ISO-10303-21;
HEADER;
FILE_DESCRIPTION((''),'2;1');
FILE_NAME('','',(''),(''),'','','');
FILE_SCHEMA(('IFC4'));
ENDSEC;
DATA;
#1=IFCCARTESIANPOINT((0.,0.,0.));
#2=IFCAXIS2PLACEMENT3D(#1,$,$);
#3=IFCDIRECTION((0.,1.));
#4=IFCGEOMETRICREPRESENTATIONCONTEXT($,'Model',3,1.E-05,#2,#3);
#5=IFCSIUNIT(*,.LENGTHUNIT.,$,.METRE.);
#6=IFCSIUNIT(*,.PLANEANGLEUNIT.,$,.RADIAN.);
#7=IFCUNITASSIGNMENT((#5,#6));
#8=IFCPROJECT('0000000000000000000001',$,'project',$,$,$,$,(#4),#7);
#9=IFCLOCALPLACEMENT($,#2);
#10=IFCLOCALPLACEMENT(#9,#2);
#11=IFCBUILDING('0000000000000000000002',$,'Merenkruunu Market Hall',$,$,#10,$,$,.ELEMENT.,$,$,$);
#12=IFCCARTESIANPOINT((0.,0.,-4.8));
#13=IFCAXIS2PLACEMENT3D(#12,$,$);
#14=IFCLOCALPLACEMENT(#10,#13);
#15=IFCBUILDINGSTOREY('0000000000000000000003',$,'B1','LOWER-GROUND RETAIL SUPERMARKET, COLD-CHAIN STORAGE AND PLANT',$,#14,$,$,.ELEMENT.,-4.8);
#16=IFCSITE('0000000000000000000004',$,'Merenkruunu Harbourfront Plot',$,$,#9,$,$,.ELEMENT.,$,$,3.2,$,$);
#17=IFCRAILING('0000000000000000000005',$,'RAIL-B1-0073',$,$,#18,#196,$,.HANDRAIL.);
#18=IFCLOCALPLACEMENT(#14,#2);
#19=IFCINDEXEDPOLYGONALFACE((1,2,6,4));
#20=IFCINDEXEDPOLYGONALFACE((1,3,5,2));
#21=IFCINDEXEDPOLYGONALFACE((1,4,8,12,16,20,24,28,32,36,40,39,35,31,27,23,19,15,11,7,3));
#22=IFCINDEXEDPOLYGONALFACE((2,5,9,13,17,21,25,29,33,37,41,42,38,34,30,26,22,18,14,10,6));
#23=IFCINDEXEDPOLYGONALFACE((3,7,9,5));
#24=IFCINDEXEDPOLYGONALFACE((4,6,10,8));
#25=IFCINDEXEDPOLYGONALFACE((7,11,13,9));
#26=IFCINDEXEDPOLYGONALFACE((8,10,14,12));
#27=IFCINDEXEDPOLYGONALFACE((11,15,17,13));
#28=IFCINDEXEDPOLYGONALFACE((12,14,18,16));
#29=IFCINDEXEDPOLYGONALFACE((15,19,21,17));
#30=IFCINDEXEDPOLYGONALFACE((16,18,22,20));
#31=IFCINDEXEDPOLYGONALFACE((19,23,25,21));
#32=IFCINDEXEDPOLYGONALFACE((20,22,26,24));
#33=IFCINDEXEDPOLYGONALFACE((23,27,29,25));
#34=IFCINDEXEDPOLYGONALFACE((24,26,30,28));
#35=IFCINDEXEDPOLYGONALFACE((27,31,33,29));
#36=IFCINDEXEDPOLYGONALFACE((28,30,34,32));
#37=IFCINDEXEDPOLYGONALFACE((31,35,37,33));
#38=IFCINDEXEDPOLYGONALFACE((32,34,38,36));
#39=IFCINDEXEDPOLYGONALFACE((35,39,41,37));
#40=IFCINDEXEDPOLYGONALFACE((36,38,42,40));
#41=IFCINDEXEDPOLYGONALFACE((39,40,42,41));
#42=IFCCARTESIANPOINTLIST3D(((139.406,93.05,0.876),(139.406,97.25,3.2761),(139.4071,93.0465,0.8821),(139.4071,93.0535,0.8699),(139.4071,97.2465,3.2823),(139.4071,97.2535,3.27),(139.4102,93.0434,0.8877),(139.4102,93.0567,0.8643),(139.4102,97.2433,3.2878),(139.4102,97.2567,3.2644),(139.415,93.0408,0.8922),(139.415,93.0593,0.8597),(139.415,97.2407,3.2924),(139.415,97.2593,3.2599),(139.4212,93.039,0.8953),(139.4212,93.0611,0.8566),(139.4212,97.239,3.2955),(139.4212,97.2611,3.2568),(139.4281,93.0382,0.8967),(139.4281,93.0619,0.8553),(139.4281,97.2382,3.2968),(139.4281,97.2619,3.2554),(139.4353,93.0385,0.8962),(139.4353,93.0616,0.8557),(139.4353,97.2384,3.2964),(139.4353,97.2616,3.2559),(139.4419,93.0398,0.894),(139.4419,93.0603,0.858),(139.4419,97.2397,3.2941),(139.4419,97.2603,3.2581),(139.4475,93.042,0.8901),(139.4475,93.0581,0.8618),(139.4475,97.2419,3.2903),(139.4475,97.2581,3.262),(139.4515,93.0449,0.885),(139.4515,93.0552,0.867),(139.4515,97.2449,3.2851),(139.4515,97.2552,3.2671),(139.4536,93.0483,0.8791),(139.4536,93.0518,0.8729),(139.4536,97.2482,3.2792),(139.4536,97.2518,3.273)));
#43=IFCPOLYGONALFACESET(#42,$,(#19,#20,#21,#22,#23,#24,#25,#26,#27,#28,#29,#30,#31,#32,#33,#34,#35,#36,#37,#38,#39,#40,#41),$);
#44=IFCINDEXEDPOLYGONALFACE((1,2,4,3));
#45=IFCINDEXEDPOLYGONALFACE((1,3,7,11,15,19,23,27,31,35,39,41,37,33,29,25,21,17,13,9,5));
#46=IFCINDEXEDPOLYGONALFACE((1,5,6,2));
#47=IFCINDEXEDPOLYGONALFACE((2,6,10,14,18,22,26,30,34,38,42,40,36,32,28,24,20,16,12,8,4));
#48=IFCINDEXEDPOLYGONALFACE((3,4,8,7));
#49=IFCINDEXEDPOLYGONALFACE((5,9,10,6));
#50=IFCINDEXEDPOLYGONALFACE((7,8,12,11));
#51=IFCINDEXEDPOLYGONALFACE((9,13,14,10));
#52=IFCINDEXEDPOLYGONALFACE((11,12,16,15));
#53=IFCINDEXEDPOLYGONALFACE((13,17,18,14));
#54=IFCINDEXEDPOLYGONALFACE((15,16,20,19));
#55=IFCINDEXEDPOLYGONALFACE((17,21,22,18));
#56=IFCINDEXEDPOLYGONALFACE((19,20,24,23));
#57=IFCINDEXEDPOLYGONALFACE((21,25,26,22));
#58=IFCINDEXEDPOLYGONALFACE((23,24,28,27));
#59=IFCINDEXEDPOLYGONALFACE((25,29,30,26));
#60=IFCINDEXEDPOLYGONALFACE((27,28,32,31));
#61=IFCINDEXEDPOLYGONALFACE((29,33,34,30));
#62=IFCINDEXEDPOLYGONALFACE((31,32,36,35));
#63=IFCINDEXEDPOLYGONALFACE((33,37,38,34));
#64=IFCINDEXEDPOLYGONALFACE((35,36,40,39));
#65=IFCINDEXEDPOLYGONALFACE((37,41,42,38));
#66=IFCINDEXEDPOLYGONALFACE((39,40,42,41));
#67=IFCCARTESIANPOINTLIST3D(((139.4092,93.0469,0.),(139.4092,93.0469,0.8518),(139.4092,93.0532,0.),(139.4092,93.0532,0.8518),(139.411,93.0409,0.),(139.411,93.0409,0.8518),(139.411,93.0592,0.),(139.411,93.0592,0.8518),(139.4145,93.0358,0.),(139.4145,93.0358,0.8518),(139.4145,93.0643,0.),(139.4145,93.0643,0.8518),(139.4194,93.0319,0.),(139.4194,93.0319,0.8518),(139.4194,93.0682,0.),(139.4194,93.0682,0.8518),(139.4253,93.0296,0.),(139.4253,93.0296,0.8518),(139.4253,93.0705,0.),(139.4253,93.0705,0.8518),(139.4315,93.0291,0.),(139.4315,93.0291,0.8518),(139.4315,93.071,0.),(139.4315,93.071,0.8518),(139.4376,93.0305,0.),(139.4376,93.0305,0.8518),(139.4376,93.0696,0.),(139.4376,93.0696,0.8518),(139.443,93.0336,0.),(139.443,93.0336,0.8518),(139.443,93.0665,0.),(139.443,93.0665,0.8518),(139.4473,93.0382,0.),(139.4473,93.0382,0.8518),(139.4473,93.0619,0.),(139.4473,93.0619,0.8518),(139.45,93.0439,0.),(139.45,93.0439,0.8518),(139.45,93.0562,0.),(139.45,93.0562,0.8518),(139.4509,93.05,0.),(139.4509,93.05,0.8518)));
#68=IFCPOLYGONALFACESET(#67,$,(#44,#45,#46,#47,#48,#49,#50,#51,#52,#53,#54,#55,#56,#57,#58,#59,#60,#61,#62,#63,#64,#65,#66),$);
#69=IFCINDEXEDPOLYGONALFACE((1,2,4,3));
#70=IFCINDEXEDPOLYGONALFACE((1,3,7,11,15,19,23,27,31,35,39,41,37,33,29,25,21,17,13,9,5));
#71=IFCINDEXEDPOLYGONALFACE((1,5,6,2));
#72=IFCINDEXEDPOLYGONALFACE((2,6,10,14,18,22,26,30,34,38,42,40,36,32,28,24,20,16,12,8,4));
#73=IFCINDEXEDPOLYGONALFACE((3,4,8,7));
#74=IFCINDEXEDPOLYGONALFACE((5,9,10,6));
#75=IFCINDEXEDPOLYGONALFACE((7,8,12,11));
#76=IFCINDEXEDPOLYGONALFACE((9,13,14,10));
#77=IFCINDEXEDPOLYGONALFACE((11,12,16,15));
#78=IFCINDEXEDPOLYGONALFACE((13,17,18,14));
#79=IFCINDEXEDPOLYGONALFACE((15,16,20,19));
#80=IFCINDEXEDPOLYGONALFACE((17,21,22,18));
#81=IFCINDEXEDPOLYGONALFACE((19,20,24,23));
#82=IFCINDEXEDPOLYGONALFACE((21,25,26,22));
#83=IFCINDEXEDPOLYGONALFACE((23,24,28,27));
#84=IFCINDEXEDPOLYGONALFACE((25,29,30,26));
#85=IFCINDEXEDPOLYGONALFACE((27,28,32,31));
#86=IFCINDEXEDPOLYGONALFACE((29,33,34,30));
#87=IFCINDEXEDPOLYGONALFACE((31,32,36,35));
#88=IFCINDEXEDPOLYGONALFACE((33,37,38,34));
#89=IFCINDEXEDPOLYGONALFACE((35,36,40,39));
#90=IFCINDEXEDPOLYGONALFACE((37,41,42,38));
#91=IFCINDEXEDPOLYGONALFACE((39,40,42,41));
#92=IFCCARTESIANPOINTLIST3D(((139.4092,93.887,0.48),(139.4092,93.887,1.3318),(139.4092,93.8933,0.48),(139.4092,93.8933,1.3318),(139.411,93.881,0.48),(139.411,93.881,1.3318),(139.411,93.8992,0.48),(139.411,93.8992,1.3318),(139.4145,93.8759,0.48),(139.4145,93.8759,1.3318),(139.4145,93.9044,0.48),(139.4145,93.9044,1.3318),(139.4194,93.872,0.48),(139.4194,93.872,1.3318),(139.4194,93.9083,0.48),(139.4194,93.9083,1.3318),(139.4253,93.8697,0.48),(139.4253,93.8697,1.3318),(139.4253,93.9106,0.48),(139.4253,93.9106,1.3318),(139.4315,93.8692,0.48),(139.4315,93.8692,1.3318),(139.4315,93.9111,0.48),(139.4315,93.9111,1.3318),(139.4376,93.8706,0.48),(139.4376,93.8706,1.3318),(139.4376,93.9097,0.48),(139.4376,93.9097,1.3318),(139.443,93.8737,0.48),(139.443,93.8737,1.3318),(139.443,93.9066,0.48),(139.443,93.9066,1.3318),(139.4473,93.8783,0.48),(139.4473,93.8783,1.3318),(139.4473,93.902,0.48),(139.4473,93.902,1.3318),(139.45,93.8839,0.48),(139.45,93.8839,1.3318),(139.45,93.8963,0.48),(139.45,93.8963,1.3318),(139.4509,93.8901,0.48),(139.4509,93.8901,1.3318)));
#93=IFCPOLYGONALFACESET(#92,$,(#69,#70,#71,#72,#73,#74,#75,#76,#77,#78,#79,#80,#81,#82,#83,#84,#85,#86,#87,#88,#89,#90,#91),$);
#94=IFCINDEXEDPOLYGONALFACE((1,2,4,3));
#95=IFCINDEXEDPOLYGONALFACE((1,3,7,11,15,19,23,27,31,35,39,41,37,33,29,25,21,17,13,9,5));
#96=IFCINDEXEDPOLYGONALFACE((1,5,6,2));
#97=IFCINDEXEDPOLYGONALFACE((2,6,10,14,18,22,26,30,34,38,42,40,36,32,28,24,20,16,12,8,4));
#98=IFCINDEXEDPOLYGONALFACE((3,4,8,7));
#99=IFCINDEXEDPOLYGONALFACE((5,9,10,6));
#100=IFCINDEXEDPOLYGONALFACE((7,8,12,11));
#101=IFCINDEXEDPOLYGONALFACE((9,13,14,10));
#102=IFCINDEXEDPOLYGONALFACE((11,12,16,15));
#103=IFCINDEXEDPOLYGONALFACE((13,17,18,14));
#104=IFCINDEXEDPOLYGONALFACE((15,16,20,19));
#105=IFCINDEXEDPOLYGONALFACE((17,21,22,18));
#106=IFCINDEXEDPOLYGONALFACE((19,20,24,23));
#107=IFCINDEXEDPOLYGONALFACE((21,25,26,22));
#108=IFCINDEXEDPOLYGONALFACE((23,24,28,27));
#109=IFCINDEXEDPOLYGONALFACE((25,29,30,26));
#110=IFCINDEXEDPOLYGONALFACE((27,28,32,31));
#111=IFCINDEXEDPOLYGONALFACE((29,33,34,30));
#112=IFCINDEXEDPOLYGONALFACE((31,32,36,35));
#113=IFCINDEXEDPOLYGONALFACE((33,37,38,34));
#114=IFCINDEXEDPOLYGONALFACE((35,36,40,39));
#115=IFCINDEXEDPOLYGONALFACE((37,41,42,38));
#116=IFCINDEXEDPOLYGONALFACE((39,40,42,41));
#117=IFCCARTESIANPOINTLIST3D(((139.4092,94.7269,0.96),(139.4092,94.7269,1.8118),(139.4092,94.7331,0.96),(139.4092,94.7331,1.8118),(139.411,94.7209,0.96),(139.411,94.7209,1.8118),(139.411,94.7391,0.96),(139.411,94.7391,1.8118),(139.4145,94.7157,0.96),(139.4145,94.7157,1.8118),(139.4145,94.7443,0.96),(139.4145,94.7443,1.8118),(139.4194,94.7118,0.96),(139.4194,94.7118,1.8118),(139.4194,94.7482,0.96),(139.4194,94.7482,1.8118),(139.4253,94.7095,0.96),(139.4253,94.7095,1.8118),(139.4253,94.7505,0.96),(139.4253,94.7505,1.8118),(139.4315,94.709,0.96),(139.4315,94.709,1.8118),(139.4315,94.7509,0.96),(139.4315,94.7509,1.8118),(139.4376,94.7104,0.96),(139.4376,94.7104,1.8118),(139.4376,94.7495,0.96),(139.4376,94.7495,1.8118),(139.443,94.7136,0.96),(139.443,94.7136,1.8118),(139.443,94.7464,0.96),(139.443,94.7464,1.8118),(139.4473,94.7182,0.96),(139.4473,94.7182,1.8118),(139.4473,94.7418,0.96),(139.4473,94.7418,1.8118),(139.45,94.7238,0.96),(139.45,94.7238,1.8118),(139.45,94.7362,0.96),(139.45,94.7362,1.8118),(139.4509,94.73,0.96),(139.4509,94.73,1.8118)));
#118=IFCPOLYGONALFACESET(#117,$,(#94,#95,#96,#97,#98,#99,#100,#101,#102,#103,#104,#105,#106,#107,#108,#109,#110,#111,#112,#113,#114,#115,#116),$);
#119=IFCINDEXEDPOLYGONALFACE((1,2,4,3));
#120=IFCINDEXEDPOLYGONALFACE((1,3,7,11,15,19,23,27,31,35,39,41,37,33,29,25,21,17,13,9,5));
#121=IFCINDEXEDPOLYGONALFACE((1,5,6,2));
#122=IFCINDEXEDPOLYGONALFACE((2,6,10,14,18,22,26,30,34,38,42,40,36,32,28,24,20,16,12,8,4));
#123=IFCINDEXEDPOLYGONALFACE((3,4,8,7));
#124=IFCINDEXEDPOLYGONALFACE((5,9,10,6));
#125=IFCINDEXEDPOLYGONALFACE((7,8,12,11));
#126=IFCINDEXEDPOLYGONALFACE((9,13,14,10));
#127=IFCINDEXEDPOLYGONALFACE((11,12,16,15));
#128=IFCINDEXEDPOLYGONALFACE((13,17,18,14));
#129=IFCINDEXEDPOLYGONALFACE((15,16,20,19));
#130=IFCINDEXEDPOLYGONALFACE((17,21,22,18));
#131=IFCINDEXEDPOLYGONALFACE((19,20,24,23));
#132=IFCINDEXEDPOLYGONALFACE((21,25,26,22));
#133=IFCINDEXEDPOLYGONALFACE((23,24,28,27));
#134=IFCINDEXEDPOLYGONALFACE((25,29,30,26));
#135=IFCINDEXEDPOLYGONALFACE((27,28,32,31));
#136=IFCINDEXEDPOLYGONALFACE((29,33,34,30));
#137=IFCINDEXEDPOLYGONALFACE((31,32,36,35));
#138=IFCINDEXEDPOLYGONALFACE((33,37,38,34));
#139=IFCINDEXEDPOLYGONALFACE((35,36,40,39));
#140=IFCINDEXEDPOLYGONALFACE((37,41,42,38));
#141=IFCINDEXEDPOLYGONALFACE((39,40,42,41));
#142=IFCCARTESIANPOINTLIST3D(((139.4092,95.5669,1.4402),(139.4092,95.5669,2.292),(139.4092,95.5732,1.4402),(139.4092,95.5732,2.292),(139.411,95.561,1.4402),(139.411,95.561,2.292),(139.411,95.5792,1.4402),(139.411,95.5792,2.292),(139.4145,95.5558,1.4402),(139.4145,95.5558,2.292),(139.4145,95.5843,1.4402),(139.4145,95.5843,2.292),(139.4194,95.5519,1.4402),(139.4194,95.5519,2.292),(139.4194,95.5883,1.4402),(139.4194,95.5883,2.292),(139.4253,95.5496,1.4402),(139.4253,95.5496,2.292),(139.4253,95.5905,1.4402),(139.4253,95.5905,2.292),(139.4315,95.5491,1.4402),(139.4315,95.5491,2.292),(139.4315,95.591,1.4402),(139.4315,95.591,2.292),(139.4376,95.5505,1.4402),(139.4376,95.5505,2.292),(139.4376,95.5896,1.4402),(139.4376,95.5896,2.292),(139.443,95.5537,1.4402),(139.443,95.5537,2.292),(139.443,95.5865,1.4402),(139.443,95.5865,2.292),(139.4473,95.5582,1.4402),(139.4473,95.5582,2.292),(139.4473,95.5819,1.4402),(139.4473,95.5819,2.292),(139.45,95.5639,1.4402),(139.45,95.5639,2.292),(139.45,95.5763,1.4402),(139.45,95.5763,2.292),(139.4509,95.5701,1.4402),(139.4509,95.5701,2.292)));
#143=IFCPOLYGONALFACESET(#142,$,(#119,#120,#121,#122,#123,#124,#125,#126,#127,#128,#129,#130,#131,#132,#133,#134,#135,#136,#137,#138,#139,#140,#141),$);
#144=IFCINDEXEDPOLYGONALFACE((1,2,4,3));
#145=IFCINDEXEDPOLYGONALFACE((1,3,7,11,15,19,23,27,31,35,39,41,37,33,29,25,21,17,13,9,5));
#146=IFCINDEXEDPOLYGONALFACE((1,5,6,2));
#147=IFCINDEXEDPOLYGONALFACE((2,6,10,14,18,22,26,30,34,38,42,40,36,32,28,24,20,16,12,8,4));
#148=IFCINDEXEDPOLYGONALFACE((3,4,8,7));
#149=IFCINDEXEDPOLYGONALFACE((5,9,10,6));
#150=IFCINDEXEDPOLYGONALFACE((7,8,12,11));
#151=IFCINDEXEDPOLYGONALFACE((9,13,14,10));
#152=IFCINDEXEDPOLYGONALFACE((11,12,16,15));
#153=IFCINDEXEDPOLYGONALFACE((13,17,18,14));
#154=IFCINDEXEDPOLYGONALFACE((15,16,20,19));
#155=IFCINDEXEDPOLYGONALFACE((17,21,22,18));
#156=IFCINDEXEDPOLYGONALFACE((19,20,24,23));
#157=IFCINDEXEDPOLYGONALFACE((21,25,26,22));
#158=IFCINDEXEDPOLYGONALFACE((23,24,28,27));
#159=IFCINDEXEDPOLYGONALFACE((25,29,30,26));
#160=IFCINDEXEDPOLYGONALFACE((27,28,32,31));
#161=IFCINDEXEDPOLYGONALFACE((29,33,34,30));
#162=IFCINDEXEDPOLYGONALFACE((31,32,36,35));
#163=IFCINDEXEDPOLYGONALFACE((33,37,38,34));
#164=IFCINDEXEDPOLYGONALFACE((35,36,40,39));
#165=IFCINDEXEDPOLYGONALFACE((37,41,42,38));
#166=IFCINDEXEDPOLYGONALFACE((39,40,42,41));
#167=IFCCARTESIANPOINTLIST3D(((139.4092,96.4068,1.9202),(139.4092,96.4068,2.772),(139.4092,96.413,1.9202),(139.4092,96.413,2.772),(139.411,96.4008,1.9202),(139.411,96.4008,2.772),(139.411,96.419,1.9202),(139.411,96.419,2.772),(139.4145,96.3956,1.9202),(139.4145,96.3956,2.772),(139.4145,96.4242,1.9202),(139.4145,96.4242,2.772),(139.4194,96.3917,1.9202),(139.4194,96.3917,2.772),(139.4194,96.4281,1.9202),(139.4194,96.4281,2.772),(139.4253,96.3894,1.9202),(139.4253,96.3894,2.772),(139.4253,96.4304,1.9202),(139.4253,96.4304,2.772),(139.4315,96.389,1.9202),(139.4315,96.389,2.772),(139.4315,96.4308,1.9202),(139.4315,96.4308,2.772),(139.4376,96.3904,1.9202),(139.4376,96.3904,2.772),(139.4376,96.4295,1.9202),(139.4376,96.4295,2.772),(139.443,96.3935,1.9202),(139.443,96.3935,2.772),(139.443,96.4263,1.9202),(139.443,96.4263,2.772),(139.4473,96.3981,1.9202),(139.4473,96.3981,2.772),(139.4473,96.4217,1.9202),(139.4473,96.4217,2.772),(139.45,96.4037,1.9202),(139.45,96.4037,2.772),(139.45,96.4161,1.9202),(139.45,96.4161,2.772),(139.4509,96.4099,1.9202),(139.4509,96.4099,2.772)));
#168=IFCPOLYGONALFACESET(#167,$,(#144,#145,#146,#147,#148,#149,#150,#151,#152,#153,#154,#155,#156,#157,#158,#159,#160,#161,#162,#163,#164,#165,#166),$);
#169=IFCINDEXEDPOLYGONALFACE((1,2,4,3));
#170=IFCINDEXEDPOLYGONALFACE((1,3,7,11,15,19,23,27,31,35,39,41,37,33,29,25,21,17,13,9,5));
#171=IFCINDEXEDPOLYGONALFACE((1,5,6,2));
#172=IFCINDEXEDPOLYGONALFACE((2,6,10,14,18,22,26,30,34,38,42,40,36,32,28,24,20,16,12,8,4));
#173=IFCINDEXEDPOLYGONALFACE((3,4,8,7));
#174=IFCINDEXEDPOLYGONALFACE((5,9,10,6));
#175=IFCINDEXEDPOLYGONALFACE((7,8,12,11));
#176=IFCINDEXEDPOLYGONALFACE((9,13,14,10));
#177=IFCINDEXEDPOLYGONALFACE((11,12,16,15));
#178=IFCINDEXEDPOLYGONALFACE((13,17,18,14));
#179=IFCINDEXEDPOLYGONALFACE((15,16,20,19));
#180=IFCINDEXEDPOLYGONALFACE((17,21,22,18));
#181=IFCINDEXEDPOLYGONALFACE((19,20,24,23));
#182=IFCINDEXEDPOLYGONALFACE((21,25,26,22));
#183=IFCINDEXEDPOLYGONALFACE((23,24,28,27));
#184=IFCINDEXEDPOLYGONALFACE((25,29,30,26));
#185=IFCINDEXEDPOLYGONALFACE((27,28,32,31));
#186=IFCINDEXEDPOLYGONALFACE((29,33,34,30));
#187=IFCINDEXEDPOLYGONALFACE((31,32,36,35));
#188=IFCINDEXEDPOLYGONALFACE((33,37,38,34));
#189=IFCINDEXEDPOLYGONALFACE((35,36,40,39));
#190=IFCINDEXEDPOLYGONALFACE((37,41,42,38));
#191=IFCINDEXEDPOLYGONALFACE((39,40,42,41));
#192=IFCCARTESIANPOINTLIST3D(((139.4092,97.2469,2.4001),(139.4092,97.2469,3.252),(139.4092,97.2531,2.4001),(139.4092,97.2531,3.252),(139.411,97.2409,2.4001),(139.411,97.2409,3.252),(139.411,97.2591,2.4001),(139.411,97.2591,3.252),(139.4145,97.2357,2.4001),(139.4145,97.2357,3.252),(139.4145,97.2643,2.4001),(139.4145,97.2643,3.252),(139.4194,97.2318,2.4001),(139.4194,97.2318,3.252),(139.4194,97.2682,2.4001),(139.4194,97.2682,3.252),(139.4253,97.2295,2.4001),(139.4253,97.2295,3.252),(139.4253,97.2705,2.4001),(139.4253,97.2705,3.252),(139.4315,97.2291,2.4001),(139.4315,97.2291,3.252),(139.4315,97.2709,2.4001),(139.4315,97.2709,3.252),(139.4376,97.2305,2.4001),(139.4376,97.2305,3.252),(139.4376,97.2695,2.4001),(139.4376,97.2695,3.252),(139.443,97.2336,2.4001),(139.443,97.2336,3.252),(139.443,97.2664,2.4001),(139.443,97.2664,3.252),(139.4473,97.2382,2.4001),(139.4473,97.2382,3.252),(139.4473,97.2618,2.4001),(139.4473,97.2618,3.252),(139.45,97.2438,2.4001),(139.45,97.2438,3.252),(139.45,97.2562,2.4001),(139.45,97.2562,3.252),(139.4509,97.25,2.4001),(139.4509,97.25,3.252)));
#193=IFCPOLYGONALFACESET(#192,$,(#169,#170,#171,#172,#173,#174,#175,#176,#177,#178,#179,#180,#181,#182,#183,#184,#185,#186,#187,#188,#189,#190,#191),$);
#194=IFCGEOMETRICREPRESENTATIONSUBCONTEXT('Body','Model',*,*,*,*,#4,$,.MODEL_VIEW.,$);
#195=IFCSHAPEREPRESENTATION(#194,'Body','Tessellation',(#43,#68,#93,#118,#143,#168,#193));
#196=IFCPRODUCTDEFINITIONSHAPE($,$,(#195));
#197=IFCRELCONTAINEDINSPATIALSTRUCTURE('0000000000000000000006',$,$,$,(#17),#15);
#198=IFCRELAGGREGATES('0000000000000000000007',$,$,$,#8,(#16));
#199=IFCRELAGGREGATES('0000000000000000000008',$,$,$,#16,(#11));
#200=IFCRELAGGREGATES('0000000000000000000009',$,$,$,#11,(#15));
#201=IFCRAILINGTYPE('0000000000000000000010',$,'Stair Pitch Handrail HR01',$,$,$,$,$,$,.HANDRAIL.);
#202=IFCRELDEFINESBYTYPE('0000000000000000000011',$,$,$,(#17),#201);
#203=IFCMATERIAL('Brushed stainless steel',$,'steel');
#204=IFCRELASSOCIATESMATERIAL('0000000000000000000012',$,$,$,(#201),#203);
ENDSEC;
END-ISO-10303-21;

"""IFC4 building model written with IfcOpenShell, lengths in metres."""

from ifc_helpers import new_model, si_unit, direction, frame, origin, origin_2d, place, context, subcontext, project, spatial, circle, extrude, material, type_object, element, save


model = new_model("IFC4")

# Units and contexts
model_context = context("Model", 3, precision=1e-05, world=origin(), true_north=direction((0.0, 1.0)))
body_context = subcontext(model_context, "Body", "Model", "MODEL_VIEW")
ifc_project = project(units=[si_unit("LENGTHUNIT", "METRE"), si_unit("PLANEANGLEUNIT", "RADIAN")], contexts=[model_context])

# Site, building, storey
site_placement = place(None, origin())
site = spatial("IfcSite", under=ifc_project, at=site_placement, Name="Merenkruunu Harbourfront Plot", CompositionType="ELEMENT", RefElevation=3.2)
building_placement = place(site_placement, origin())
building = spatial("IfcBuilding", under=site, at=building_placement, Name="Merenkruunu Market Hall", CompositionType="ELEMENT")
storey_placement = place(building_placement, frame((0.0, 0.0, -4.8)))
storey = spatial("IfcBuildingStorey", under=building, at=storey_placement, Name="B1", Description="LOWER-GROUND RETAIL SUPERMARKET, COLD-CHAIN STORAGE AND PLANT", CompositionType="ELEMENT", Elevation=-4.8)

# Railing
ifc_material_1 = material(Name="Brushed stainless steel", Category="steel")
railing_type_1 = type_object("IfcRailingType", Name="Stair Pitch Handrail HR01", PredefinedType="HANDRAIL", material=ifc_material_1)
railing_1_placement = place(storey_placement, frame((139.4299, 93.05, 0.0)))
element("IfcRailing", 1, at=railing_1_placement, inside=storey, type_object=railing_type_1, Name="RAIL-B1-0073", PredefinedType="HANDRAIL", context=body_context, shape_type="SweptSolid", body=[
    extrude(circle(Radius=0.0239, at=origin_2d()), frame((0.0, 0.0, 0.876), z_axis=(0.0, 0.868228, 0.496166), x_axis=(-1.0, 0.0, 0.0)), (0.0, 0.0, 1.0), 4.8374),
    extrude(circle(Radius=0.021, at=origin_2d()), origin(), (0.0, 0.0, 1.0), 0.8518),
    extrude(circle(Radius=0.021, at=origin_2d()), frame((0.0, 0.8401, 0.48)), (0.0, 0.0, 1.0), 0.8518),
    extrude(circle(Radius=0.021, at=origin_2d()), frame((0.0, 1.6799, 0.96)), (0.0, 0.0, 1.0), 0.8518),
    extrude(circle(Radius=0.021, at=origin_2d()), frame((0.0, 2.52, 1.4402)), (0.0, 0.0, 1.0), 0.8518),
    extrude(circle(Radius=0.021, at=origin_2d()), frame((0.0, 3.3599, 1.9202)), (0.0, 0.0, 1.0), 0.8518),
    extrude(circle(Radius=0.021, at=origin_2d()), frame((0.0, 4.2, 2.4001)), (0.0, 0.0, 1.0), 0.8518),
])

save(model, "model.ifc")
